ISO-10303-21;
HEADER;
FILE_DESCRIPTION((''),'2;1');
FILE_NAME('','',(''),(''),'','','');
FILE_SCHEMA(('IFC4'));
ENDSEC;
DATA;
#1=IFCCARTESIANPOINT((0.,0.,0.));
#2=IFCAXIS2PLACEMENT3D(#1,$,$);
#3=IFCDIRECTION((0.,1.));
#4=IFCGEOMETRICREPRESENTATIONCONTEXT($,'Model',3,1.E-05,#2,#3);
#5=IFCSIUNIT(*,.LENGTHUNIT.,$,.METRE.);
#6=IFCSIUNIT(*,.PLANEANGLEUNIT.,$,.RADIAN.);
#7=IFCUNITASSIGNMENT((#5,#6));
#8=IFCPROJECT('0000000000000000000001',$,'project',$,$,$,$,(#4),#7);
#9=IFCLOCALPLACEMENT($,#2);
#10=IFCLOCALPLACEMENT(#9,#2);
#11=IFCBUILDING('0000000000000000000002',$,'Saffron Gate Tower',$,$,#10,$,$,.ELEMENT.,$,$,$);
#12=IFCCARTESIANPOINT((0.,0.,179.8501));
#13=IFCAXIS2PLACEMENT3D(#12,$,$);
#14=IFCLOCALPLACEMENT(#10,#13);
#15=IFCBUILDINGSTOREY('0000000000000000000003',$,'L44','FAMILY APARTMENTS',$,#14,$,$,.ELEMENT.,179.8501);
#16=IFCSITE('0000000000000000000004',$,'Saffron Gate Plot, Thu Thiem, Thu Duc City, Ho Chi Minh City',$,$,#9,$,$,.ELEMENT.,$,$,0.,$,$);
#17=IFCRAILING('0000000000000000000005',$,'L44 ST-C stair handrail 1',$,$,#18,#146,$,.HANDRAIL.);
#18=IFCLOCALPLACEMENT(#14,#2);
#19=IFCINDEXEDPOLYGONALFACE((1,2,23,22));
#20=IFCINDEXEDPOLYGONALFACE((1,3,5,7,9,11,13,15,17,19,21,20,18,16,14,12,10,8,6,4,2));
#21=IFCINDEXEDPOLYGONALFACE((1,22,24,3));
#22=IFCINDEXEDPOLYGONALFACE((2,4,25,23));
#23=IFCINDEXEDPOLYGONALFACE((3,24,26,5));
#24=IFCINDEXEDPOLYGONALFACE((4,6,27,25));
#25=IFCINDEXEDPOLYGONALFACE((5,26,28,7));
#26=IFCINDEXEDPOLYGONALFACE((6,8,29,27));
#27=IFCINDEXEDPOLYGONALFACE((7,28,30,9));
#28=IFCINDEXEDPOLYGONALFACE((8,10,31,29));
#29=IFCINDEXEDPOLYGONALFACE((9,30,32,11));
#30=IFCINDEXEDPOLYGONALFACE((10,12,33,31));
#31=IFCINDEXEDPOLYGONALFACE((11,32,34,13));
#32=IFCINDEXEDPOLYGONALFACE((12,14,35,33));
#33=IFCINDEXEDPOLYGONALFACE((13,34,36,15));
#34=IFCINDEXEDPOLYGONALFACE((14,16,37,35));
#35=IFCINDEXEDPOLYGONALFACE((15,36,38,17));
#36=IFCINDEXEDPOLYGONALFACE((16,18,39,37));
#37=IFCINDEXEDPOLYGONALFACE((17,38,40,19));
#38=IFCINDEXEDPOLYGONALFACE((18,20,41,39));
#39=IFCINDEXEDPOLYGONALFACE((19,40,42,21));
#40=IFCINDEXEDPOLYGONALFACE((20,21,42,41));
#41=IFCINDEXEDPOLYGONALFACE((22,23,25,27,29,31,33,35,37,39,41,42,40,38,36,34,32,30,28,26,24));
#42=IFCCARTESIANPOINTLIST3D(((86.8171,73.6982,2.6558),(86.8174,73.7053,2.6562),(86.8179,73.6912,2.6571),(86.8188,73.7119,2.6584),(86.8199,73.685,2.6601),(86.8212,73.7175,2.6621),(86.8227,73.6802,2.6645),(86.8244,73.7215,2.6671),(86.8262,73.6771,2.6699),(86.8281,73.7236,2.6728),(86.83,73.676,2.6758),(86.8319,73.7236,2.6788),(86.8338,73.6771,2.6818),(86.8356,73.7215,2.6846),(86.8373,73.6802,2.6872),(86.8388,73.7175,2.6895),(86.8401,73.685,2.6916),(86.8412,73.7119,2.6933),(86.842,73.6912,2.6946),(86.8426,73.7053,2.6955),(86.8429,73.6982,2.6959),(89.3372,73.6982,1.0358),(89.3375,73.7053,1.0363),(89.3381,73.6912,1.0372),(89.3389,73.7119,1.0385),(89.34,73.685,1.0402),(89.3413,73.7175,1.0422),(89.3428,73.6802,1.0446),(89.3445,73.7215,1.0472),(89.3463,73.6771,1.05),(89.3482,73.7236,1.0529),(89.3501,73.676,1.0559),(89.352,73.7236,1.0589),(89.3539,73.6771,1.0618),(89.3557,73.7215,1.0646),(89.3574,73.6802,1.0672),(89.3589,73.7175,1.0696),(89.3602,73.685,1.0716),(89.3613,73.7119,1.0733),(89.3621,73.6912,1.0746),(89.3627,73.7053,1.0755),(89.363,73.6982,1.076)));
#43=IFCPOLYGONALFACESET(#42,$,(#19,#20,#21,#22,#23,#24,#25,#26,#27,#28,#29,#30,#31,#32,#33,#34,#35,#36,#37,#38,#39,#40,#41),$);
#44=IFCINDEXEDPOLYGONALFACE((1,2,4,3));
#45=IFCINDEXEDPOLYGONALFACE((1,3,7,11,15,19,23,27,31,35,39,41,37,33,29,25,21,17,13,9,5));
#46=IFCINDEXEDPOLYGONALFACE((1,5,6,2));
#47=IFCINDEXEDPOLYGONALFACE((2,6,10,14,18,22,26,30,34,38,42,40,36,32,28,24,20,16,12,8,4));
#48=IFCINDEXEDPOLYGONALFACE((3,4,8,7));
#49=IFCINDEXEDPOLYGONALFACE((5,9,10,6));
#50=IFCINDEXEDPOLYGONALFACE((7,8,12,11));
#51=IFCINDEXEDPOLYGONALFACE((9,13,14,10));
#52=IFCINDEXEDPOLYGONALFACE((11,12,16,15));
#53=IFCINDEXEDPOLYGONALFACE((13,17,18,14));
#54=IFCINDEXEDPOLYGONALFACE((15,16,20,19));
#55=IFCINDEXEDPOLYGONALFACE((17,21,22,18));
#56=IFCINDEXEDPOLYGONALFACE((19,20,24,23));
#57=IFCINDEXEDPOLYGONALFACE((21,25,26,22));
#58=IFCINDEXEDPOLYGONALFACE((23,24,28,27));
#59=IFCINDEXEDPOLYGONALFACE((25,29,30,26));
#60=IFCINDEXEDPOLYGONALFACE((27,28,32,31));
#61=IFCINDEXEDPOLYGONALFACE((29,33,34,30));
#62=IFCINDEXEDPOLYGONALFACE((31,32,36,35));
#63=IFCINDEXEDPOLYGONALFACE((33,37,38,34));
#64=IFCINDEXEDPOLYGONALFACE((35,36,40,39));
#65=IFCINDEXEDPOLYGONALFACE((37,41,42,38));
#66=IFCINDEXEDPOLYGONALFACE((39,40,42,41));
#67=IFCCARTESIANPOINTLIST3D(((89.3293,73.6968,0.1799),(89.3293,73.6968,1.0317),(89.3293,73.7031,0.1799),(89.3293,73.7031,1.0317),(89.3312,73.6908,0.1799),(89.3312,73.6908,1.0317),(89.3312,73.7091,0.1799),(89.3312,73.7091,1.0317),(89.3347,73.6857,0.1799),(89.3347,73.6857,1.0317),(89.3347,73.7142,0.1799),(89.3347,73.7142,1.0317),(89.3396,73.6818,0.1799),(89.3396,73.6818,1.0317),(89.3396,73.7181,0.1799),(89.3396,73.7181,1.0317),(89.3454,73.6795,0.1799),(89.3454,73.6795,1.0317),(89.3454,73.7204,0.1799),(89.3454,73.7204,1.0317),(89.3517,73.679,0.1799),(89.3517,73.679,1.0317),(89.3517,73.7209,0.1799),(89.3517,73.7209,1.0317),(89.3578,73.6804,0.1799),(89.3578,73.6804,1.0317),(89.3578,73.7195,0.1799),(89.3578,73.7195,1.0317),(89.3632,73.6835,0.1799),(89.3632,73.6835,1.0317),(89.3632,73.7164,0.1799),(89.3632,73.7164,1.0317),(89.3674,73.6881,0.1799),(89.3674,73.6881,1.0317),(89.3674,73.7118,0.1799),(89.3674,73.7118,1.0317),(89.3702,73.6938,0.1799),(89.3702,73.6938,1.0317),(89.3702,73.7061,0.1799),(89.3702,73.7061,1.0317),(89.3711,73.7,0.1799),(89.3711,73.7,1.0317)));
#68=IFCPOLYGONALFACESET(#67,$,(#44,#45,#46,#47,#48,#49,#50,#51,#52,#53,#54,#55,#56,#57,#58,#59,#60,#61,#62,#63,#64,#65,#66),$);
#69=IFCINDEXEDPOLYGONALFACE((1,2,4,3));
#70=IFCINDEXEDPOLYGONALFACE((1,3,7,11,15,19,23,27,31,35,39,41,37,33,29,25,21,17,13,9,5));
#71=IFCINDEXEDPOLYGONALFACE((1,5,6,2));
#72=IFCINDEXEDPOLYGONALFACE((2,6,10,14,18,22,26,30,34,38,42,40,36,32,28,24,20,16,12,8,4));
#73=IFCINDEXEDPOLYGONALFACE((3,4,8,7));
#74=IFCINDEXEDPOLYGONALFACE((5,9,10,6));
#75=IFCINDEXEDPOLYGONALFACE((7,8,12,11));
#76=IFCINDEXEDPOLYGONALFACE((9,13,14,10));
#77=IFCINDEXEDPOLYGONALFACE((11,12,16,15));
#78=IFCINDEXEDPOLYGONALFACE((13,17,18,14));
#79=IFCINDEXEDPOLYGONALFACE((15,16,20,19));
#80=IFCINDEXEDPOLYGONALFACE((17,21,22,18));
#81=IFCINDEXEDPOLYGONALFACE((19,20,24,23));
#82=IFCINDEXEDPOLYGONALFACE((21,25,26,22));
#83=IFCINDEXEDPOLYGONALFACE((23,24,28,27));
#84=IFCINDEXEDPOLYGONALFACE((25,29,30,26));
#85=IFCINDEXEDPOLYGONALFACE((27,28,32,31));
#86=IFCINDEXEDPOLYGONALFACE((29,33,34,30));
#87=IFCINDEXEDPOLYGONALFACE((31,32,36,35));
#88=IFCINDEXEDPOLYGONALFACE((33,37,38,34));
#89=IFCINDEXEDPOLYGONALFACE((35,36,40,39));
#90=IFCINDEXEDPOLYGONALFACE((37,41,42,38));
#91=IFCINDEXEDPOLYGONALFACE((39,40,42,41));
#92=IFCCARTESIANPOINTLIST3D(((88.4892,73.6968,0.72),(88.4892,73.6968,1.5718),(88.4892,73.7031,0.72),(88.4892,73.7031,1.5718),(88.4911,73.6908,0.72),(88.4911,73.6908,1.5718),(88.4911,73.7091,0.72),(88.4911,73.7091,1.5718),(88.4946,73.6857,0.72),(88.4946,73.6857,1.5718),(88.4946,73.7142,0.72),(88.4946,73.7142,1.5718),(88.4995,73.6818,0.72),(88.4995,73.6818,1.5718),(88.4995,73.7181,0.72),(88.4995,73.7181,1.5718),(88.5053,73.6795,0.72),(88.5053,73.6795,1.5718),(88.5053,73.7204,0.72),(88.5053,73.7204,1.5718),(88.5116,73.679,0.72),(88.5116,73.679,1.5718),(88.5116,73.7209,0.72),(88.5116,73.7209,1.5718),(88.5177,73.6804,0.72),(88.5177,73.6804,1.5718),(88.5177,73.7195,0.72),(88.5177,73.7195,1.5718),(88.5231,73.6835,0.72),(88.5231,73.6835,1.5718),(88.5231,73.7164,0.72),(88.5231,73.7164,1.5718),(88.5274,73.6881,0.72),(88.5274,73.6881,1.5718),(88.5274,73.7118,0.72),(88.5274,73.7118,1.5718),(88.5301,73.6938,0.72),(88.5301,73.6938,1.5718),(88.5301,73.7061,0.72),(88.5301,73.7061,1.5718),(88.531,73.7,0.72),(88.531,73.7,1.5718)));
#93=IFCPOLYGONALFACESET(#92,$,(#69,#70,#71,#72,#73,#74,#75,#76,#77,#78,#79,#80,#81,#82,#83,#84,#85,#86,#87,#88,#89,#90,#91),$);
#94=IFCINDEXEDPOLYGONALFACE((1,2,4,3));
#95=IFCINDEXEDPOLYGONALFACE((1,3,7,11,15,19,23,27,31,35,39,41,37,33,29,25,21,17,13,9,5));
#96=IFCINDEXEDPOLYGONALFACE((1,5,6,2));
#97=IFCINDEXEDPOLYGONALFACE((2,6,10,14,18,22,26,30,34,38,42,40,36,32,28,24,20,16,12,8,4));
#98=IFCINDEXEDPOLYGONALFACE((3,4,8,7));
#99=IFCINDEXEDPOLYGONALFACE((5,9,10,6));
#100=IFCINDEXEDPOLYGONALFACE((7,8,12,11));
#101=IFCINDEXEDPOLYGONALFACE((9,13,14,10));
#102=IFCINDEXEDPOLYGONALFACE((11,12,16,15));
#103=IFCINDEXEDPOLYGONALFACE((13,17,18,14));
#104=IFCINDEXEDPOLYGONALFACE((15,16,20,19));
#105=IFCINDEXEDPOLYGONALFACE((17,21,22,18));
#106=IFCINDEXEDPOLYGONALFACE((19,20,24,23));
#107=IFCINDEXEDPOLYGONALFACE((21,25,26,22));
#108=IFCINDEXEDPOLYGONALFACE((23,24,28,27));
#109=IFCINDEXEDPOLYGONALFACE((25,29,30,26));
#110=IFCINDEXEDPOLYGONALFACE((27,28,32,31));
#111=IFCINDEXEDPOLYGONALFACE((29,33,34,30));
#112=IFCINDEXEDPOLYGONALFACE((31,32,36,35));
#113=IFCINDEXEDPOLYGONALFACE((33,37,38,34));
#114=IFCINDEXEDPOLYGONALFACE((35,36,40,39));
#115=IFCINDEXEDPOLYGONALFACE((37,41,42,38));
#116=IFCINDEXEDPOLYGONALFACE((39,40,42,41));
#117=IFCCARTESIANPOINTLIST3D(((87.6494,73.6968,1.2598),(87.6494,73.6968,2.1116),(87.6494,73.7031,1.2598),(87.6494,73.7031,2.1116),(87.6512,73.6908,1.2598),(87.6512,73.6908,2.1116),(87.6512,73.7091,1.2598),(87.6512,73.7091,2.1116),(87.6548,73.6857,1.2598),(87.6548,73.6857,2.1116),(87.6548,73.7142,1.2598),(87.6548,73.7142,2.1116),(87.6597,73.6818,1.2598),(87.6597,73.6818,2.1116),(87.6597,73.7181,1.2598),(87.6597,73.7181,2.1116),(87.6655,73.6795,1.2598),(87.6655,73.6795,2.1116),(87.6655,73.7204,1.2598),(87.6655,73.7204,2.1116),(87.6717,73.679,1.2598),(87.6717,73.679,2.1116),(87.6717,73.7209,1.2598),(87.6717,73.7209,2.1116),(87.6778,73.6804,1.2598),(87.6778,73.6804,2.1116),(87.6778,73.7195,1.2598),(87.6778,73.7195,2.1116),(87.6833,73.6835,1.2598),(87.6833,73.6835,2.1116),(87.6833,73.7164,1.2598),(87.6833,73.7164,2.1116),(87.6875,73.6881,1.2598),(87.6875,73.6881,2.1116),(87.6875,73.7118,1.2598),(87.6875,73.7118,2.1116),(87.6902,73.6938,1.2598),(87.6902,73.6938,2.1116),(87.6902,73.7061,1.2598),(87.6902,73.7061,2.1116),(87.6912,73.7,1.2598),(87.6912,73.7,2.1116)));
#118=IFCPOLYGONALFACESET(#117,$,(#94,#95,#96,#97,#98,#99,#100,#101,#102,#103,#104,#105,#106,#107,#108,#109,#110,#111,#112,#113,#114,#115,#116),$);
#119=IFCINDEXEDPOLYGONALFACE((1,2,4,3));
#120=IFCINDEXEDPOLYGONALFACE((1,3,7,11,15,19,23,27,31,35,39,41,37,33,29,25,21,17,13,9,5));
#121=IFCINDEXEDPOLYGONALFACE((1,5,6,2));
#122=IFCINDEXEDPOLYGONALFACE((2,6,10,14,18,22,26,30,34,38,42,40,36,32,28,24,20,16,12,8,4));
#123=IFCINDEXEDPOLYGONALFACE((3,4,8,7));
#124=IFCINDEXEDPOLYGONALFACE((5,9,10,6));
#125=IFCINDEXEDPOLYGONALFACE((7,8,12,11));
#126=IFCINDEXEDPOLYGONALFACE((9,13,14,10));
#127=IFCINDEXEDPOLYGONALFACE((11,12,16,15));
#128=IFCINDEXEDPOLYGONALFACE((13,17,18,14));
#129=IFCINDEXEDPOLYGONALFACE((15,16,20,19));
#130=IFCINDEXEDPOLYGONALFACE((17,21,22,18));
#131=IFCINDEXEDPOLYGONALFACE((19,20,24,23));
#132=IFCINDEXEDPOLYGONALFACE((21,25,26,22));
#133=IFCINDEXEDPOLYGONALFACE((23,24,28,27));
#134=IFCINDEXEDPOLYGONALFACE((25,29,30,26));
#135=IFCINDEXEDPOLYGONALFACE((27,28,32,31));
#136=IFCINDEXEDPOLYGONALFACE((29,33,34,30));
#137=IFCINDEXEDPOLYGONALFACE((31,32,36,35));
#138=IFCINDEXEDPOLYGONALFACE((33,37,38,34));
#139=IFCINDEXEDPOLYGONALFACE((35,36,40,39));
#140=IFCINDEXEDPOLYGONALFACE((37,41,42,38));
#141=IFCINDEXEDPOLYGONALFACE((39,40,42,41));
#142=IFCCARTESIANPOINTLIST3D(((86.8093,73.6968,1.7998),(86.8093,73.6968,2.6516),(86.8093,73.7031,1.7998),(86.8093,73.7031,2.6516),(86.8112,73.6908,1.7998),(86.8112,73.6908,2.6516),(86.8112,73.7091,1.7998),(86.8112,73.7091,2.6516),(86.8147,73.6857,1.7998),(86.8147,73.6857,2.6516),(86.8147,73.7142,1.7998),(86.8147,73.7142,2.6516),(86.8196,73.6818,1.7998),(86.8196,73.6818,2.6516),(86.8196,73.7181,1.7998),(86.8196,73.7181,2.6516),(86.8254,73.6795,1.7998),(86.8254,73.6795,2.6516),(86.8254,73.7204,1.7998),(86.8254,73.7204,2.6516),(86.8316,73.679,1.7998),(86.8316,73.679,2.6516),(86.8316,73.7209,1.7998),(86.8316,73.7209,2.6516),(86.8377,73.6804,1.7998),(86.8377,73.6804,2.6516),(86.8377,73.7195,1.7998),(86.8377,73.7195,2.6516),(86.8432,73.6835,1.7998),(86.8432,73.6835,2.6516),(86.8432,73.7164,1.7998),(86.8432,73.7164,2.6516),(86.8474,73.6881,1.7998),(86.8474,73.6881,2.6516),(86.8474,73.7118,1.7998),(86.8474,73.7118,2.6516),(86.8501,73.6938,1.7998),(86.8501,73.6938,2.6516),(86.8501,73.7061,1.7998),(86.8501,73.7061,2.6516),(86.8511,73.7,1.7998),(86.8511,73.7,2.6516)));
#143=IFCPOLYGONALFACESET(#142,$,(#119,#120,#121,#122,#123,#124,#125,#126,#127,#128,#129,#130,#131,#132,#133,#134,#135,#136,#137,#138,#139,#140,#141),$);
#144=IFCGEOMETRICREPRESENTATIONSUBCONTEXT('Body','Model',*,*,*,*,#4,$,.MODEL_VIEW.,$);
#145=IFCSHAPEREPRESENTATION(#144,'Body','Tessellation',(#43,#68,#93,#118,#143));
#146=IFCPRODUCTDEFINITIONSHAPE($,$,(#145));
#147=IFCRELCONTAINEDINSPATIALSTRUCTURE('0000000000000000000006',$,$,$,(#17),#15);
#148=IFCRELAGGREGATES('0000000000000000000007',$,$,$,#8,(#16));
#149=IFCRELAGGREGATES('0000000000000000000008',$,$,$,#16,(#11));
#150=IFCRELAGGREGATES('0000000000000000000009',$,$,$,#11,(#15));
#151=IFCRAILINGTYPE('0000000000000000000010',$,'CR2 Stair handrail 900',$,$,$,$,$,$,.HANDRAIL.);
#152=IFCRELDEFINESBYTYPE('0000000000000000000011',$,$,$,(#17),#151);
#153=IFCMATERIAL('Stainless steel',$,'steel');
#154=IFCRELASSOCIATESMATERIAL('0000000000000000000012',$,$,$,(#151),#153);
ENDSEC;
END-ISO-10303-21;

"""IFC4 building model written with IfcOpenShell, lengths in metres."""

from ifc_helpers import new_model, si_unit, direction, frame, origin, origin_2d, place, context, subcontext, project, spatial, circle, extrude, material, type_object, element, save


model = new_model("IFC4")

# Units and contexts
model_context = context("Model", 3, precision=1e-05, world=origin(), true_north=direction((0.0, 1.0)))
body_context = subcontext(model_context, "Body", "Model", "MODEL_VIEW")
ifc_project = project(units=[si_unit("LENGTHUNIT", "METRE"), si_unit("PLANEANGLEUNIT", "RADIAN")], contexts=[model_context])

# Site, building, storey
site_placement = place(None, origin())
site = spatial("IfcSite", under=ifc_project, at=site_placement, Name="Saffron Gate Plot, Thu Thiem, Thu Duc City, Ho Chi Minh City", CompositionType="ELEMENT", RefElevation=0.0)
building_placement = place(site_placement, origin())
building = spatial("IfcBuilding", under=site, at=building_placement, Name="Saffron Gate Tower", CompositionType="ELEMENT")
storey_placement = place(building_placement, frame((0.0, 0.0, 179.8501)))
storey = spatial("IfcBuildingStorey", under=building, at=storey_placement, Name="L44", Description="FAMILY APARTMENTS", CompositionType="ELEMENT", Elevation=179.8501)

# Railing
ifc_material_1 = material(Name="Stainless steel", Category="steel")
railing_type_1 = type_object("IfcRailingType", Name="CR2 Stair handrail 900", PredefinedType="HANDRAIL", material=ifc_material_1)
for number, where, name in (
    (1, (89.3501, 73.7, 0.1799), "L44 ST-C stair handrail 1"),
):
    element("IfcRailing", number, at=place(storey_placement, frame(where)), inside=storey, type_object=railing_type_1, Name=name, PredefinedType="HANDRAIL", context=body_context, shape_type="SweptSolid", body=[
        extrude(circle(Radius=0.0239, at=origin_2d()), frame((0.0, 0.0, 0.876), z_axis=(-0.8412, 0.0, 0.540725), x_axis=(0.0, -1.0, 0.0)), (0.0, 0.0, 1.0), 2.9958),
        extrude(circle(Radius=0.021, at=origin_2d()), origin(), (0.0, 0.0, 1.0), 0.8518),
        extrude(circle(Radius=0.021, at=origin_2d()), frame((-0.8401, 0.0, 0.54)), (0.0, 0.0, 1.0), 0.8518),
        extrude(circle(Radius=0.021, at=origin_2d()), frame((-1.6799, 0.0, 1.0798)), (0.0, 0.0, 1.0), 0.8518),
        extrude(circle(Radius=0.021, at=origin_2d()), frame((-2.52, 0.0, 1.6199)), (0.0, 0.0, 1.0), 0.8518),
    ])

save(model, "model.ifc")
